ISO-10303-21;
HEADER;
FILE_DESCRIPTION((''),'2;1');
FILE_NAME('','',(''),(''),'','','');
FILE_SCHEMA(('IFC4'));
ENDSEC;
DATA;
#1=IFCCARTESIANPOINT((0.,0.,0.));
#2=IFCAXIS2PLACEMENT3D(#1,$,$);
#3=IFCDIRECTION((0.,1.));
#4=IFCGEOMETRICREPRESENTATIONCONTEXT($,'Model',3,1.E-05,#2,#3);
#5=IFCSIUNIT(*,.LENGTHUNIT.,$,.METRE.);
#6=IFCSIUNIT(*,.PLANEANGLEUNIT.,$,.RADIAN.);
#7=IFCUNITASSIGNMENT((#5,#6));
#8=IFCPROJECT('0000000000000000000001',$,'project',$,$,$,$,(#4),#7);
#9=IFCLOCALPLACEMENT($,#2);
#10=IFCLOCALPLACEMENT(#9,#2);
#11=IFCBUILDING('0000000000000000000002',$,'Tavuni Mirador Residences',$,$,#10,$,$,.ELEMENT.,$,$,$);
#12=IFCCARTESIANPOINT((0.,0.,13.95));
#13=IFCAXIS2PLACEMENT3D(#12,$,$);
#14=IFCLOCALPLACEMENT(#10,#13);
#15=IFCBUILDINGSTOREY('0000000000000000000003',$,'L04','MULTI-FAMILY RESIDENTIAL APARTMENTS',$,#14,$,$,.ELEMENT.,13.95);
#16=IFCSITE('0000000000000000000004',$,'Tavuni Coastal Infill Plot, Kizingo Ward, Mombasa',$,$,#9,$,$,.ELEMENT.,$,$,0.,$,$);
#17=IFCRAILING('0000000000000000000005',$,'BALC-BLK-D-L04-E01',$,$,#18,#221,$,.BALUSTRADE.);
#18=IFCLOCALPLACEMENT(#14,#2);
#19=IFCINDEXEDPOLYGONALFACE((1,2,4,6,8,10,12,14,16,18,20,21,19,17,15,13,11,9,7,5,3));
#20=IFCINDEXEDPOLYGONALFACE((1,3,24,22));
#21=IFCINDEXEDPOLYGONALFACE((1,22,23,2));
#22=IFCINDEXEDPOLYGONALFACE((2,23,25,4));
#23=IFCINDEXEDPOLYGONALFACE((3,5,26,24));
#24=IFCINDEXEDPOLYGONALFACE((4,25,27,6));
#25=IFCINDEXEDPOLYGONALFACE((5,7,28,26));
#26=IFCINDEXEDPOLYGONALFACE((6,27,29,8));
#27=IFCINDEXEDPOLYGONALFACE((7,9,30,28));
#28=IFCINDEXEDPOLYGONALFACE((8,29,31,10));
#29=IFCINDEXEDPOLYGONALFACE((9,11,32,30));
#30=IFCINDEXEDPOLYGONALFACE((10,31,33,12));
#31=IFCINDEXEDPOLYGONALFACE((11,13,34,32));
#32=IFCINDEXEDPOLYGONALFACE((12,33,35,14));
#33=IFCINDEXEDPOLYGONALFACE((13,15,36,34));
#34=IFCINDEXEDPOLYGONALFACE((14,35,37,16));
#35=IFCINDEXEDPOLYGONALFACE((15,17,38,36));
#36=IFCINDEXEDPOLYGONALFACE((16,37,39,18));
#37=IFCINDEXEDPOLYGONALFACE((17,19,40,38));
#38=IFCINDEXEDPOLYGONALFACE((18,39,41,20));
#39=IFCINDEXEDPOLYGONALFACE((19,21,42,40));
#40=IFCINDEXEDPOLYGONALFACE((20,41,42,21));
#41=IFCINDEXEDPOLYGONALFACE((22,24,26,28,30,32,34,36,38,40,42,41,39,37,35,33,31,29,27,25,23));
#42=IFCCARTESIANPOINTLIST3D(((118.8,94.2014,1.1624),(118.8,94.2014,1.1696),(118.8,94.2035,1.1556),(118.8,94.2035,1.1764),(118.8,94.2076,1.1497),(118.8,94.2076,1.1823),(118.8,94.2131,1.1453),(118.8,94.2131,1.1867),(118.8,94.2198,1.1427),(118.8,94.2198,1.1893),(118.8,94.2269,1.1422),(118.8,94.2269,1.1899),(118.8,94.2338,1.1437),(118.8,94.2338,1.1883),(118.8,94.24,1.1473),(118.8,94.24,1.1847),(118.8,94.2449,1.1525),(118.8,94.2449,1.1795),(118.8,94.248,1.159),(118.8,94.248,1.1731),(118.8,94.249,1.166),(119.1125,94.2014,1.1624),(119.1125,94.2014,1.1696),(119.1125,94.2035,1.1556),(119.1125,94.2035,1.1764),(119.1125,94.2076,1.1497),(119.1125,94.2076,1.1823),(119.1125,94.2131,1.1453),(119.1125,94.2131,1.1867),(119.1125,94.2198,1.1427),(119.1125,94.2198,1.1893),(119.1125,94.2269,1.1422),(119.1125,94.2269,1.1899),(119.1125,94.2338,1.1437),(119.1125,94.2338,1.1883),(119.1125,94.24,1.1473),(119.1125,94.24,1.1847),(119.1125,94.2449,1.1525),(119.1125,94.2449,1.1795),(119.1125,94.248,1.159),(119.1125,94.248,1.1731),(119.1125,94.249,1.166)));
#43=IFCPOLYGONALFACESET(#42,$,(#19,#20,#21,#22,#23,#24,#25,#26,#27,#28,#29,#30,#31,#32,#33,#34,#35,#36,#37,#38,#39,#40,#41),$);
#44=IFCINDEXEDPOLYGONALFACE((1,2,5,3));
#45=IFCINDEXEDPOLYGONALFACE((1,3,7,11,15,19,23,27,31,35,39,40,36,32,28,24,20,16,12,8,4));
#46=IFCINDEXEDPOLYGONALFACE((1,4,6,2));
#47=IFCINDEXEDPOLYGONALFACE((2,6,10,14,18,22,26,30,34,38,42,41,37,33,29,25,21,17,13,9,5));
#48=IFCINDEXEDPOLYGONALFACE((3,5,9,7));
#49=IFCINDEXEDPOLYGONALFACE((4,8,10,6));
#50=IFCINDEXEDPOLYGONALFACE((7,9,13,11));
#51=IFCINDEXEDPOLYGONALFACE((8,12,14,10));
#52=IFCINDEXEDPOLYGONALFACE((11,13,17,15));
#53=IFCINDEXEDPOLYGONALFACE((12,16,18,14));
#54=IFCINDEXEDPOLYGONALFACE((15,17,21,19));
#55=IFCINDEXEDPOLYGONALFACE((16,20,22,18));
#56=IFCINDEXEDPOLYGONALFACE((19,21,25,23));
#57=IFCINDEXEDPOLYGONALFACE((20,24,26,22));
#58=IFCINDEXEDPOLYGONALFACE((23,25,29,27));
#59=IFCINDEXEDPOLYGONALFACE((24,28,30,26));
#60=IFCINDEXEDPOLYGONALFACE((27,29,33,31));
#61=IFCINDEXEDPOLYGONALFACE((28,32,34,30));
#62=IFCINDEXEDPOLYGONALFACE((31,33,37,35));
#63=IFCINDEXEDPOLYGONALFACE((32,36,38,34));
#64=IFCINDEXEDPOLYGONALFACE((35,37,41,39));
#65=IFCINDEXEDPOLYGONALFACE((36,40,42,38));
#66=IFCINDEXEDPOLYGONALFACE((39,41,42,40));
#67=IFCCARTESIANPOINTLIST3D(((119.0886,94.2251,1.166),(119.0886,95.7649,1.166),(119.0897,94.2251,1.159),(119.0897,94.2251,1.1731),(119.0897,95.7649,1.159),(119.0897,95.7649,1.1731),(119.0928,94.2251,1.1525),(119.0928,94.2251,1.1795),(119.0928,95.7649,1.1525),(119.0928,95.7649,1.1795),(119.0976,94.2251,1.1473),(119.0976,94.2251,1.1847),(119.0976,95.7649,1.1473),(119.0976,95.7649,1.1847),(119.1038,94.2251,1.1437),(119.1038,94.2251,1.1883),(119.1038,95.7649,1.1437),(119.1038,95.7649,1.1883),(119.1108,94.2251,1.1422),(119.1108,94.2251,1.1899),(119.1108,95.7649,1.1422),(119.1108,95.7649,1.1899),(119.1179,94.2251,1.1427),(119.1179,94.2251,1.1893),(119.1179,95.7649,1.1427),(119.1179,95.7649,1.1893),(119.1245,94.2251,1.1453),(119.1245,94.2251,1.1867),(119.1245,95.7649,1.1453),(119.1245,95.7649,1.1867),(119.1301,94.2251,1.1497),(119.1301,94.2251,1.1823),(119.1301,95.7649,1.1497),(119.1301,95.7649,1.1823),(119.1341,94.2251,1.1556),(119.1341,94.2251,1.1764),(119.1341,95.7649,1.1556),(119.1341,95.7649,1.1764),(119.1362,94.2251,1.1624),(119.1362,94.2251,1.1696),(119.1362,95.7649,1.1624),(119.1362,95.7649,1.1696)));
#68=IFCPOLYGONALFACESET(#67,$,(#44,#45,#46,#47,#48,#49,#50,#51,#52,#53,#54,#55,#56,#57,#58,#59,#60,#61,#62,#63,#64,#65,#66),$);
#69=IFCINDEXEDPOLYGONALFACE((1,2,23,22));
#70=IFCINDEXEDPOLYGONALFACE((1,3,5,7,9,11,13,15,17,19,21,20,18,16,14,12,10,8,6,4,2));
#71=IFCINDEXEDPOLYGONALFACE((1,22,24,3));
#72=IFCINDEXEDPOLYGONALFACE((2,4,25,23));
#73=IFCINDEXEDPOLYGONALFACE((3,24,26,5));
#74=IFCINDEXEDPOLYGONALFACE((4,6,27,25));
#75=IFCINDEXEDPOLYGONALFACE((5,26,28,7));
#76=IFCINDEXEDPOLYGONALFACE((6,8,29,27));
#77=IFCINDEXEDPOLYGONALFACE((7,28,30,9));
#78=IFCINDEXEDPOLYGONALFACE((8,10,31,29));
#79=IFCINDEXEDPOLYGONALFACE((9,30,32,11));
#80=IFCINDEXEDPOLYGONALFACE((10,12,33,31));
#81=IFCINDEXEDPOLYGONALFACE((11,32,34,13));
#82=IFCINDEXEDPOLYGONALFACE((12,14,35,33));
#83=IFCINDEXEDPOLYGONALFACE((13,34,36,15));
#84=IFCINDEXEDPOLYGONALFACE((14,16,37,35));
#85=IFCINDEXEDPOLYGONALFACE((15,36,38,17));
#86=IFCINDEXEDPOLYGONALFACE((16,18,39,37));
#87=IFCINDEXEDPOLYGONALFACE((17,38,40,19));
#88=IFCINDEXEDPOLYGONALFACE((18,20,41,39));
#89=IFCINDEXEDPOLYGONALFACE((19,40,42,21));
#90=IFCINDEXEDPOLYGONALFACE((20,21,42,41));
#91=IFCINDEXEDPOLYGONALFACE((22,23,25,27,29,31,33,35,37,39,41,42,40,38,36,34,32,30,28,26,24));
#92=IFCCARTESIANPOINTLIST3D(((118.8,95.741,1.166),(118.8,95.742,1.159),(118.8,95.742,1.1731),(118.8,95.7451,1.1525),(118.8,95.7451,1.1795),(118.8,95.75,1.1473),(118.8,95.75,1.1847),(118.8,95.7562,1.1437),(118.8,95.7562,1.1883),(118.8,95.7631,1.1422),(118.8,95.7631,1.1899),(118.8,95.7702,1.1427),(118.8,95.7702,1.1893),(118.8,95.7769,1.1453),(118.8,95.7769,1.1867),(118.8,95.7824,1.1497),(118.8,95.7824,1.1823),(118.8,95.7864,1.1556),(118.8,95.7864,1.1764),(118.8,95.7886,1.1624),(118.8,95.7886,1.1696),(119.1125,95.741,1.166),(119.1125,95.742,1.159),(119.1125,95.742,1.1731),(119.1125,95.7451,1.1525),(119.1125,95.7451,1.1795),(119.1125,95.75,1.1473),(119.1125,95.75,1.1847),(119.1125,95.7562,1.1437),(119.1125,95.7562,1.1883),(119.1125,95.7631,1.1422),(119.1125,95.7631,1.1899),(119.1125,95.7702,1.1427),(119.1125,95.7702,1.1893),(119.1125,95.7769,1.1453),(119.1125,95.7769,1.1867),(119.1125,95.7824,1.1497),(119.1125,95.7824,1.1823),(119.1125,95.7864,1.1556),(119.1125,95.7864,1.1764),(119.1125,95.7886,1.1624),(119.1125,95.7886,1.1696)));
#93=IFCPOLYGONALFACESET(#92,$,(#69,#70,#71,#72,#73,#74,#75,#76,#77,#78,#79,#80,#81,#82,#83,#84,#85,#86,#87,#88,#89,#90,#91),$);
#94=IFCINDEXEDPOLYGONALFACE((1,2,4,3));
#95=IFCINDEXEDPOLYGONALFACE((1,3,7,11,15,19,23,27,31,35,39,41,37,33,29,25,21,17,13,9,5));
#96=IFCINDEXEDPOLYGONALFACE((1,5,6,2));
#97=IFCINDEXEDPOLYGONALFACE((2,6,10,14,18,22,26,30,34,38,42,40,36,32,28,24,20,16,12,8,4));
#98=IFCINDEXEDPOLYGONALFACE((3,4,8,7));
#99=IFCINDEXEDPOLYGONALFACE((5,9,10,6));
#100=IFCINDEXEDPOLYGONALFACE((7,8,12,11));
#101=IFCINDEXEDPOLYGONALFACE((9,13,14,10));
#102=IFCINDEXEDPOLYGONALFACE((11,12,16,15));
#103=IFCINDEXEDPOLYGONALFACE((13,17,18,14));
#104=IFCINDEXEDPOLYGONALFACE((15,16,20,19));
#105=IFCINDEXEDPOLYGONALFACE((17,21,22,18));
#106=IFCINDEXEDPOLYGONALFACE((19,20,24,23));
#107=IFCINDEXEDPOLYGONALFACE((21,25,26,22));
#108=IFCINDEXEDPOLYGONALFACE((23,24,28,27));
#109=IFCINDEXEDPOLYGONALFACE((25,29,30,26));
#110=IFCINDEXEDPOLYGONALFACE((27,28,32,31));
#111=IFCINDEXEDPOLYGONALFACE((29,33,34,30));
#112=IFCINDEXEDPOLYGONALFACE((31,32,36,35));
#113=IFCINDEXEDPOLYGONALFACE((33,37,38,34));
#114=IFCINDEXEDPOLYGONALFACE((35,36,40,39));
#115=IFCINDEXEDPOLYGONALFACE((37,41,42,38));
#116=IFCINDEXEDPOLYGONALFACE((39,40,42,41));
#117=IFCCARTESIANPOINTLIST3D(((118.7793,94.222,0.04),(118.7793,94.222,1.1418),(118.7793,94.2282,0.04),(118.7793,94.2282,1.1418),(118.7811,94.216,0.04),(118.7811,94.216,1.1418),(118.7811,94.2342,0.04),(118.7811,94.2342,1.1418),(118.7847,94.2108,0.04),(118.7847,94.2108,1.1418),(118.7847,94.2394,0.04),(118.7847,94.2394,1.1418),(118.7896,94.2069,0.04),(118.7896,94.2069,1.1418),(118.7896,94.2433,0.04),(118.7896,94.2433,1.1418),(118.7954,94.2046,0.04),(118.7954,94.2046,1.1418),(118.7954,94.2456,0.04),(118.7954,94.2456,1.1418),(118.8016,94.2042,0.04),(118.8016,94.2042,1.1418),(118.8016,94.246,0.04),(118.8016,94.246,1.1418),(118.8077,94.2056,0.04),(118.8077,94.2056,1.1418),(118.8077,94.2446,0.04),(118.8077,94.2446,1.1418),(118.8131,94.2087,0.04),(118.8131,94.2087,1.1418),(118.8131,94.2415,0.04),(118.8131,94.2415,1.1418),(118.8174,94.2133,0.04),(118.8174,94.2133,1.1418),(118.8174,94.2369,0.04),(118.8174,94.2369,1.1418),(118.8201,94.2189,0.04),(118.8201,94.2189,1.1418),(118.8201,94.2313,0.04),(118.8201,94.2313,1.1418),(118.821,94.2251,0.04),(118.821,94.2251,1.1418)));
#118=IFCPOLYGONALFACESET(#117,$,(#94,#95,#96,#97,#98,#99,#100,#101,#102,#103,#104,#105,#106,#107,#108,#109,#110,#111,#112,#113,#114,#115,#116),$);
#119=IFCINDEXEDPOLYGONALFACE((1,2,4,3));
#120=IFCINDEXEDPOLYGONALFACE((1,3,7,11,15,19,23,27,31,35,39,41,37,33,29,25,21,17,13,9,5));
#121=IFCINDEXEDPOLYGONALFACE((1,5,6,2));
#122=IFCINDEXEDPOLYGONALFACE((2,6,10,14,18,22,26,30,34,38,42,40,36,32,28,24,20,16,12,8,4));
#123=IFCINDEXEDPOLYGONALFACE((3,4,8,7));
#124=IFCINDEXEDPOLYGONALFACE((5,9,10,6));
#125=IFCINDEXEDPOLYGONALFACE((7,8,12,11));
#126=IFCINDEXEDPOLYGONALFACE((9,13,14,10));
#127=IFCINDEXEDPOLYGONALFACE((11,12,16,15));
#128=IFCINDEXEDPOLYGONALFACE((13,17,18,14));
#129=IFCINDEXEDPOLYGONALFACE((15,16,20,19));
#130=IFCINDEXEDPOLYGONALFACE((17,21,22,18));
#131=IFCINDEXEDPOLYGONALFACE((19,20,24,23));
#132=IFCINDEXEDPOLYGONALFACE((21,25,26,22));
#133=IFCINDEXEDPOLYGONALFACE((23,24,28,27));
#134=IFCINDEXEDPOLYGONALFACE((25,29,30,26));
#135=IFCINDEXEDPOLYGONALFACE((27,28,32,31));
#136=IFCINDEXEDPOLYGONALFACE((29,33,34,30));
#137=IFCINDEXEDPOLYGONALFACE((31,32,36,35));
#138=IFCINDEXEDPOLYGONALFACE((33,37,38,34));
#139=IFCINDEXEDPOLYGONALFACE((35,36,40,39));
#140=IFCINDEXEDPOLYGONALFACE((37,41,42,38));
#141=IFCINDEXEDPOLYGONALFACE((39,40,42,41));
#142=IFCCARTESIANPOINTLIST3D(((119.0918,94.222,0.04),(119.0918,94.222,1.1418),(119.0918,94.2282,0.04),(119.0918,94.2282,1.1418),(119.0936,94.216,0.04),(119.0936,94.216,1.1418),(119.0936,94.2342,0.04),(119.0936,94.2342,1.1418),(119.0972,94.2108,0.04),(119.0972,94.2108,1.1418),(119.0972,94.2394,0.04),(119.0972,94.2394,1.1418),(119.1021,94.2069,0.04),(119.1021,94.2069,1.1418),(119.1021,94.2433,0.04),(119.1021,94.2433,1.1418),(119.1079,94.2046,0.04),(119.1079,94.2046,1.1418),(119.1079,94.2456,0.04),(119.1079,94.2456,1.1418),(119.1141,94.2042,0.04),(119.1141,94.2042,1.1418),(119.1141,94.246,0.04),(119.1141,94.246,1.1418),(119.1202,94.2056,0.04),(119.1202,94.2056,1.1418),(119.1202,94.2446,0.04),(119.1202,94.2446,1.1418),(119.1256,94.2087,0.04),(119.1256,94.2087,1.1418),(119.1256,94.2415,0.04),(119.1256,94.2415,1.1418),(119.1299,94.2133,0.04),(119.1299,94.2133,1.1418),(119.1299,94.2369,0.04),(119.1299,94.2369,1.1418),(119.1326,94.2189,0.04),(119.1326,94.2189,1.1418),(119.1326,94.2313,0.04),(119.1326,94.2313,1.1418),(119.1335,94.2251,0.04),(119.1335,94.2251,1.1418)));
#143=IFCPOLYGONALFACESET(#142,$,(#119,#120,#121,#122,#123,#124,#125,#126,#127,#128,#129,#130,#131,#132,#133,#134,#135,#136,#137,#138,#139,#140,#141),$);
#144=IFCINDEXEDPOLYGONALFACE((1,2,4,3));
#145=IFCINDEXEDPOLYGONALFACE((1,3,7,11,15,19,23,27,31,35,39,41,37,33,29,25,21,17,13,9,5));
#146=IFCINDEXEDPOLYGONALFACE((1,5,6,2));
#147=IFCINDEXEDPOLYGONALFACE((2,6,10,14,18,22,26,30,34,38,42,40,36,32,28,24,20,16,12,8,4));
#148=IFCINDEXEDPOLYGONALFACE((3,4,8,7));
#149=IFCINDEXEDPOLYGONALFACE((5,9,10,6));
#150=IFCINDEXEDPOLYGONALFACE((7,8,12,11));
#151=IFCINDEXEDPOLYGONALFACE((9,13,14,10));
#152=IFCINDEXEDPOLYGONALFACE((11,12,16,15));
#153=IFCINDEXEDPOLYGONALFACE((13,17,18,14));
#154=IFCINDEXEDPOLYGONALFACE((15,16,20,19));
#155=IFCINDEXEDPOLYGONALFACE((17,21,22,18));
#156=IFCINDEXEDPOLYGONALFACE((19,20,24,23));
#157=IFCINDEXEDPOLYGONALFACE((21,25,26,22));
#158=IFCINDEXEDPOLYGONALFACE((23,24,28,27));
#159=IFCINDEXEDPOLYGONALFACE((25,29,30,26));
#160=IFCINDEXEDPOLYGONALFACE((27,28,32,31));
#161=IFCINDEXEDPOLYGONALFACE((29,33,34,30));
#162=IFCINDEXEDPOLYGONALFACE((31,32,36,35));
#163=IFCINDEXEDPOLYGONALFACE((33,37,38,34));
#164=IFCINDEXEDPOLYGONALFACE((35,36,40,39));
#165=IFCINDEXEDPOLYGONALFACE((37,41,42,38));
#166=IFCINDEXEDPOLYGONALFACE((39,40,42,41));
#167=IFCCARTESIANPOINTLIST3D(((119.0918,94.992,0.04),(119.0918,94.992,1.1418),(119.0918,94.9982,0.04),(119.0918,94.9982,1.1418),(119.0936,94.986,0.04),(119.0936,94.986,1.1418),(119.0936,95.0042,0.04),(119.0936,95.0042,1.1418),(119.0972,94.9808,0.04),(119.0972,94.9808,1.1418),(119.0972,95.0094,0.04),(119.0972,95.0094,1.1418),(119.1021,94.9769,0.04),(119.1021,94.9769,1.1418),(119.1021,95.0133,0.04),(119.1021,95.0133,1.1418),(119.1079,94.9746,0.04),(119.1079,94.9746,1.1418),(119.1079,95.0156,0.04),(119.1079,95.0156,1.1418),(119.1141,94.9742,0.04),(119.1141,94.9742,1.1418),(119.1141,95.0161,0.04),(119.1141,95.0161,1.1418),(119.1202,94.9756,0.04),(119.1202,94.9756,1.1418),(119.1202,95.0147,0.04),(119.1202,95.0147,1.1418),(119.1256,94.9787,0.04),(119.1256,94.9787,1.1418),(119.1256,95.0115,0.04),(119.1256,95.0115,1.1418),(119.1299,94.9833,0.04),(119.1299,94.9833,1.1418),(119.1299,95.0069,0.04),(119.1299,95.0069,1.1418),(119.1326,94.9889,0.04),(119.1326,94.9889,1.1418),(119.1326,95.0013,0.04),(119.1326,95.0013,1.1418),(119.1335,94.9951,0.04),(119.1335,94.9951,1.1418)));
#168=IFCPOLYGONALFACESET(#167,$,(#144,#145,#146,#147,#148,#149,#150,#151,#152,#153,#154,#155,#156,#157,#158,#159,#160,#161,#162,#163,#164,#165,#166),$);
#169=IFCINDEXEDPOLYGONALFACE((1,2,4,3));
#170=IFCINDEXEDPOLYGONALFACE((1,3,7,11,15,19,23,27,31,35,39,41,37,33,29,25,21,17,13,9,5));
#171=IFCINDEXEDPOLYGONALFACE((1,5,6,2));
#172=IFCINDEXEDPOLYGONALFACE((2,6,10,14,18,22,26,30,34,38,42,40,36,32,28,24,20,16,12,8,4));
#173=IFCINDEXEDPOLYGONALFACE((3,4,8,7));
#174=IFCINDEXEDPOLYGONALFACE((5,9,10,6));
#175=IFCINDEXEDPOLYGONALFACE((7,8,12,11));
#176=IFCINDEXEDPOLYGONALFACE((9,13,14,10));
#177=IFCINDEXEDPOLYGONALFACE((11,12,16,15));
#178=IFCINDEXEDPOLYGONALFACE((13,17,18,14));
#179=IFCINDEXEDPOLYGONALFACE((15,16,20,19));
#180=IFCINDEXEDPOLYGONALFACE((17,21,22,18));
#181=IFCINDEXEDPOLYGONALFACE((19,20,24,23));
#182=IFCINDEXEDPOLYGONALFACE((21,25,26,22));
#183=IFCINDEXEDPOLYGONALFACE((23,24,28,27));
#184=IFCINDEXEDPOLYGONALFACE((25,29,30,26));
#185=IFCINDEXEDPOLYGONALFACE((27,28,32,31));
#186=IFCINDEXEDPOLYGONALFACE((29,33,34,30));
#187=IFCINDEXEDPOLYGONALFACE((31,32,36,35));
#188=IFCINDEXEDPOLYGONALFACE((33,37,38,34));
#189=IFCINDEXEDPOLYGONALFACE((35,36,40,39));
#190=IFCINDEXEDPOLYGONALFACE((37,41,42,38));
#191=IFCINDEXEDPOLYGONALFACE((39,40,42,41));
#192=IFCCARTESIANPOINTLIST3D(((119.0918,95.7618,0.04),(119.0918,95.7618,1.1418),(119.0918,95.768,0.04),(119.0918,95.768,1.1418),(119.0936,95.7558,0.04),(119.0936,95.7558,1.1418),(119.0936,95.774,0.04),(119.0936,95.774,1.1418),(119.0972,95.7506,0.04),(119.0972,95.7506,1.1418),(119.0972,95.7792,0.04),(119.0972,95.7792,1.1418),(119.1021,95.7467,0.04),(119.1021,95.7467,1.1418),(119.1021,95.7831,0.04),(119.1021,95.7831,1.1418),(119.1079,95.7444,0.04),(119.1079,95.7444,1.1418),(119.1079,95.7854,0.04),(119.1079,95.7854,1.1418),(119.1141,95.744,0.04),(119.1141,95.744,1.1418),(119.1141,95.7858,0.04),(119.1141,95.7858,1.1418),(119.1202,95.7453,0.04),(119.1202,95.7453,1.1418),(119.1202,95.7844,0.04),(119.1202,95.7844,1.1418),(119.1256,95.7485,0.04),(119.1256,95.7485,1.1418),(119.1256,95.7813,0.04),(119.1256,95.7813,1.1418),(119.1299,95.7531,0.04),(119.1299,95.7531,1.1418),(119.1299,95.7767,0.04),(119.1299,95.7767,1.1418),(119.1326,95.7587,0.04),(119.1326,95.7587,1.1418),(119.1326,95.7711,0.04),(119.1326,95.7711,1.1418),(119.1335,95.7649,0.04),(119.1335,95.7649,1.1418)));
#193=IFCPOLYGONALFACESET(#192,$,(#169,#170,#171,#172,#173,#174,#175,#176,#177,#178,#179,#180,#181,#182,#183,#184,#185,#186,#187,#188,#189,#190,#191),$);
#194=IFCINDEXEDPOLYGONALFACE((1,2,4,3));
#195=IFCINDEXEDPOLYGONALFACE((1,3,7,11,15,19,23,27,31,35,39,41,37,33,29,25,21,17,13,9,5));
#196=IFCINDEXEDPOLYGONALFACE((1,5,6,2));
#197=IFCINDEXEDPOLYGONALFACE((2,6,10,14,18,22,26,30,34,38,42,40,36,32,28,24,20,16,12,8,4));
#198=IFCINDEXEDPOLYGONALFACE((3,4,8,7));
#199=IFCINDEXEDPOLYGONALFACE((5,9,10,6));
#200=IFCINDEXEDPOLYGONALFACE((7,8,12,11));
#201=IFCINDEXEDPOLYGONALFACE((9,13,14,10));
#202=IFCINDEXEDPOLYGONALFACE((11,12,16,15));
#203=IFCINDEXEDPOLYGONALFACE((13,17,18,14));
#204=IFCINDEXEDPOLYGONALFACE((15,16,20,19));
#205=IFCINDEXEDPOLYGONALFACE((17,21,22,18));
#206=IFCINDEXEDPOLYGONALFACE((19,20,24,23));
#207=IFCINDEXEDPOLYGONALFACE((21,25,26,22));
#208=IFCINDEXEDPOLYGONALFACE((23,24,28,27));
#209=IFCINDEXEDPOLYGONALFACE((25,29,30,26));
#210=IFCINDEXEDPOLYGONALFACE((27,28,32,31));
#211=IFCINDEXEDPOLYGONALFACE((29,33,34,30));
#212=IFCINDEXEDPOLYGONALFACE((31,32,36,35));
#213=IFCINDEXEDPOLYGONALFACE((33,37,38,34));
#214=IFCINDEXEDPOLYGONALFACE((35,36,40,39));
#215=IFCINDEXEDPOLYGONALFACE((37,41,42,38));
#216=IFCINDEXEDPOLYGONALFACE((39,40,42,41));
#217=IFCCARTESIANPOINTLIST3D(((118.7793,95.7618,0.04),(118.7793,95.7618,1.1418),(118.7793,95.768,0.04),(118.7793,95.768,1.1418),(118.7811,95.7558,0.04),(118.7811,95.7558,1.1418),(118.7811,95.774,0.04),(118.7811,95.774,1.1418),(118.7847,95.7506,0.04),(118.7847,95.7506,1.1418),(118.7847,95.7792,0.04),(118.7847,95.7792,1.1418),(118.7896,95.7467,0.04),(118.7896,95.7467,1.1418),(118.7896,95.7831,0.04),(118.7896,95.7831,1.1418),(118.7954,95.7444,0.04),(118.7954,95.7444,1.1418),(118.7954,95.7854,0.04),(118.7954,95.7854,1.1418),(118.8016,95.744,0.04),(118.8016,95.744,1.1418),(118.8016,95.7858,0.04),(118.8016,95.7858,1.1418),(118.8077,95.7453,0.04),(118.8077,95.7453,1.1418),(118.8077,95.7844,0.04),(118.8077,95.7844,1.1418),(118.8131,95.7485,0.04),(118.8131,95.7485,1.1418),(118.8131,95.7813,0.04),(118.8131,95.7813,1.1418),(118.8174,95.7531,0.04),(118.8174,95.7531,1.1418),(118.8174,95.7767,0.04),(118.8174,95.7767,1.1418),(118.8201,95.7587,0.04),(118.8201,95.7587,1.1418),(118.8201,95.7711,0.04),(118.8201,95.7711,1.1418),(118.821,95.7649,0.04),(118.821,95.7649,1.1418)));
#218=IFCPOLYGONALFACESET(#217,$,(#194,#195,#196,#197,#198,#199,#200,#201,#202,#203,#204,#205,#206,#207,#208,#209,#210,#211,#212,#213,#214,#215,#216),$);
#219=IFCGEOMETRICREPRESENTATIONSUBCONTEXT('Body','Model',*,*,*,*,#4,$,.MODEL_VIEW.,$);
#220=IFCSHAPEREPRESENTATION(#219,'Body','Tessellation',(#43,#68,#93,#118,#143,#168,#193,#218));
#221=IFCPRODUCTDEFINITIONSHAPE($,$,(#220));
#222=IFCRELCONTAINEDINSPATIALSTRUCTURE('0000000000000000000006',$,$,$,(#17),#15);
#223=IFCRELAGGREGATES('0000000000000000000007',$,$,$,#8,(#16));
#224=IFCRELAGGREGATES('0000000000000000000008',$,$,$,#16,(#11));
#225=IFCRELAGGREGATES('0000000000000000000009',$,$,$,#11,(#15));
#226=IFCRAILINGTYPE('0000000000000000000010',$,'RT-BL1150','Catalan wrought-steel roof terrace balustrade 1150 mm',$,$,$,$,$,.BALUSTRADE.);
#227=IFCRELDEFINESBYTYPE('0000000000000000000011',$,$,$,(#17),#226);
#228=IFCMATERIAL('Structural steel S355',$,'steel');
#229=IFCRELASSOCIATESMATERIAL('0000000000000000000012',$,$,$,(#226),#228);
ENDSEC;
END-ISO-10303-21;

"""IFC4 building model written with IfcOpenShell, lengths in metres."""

from ifc_helpers import new_model, si_unit, direction, frame, origin, origin_2d, place, context, subcontext, project, spatial, circle, extrude, material, type_object, element, save


model = new_model("IFC4")

# Units and contexts
model_context = context("Model", 3, precision=1e-05, world=origin(), true_north=direction((0.0, 1.0)))
body_context = subcontext(model_context, "Body", "Model", "MODEL_VIEW")
ifc_project = project(units=[si_unit("LENGTHUNIT", "METRE"), si_unit("PLANEANGLEUNIT", "RADIAN")], contexts=[model_context])

# Site, building, storey
site_placement = place(None, origin())
site = spatial("IfcSite", under=ifc_project, at=site_placement, Name="Tavuni Coastal Infill Plot, Kizingo Ward, Mombasa", CompositionType="ELEMENT", RefElevation=0.0)
building_placement = place(site_placement, origin())
building = spatial("IfcBuilding", under=site, at=building_placement, Name="Tavuni Mirador Residences", CompositionType="ELEMENT")
storey_placement = place(building_placement, frame((0.0, 0.0, 13.95)))
storey = spatial("IfcBuildingStorey", under=building, at=storey_placement, Name="L04", Description="MULTI-FAMILY RESIDENTIAL APARTMENTS", CompositionType="ELEMENT", Elevation=13.95)

# Shared definitions
ifc_material_1 = material(Name="Structural steel S355", Category="steel")

# Railing
railing_type = type_object("IfcRailingType", Name="RT-BL1150", Description="Catalan wrought-steel roof terrace balustrade 1150 mm", PredefinedType="BALUSTRADE", material=ifc_material_1)
railing_placement = place(storey_placement, frame((118.8, 94.2251, 0.04)))
element("IfcRailing", 1, at=railing_placement, inside=storey, type_object=railing_type, Name="BALC-BLK-D-L04-E01", PredefinedType="BALUSTRADE", context=body_context, shape_type="SweptSolid", body=[
    extrude(circle(Radius=0.0239, at=origin_2d()), frame((0.0, 0.0, 1.126), z_axis=(1.0, 0.0, 0.0), x_axis=(0.0, 1.0, 0.0)), (0.0, 0.0, 1.0), 0.3125),
    extrude(circle(Radius=0.0239, at=origin_2d()), frame((0.3125, 0.0, 1.126), z_axis=(0.0, 1.0, 0.0), x_axis=(-1.0, 0.0, 0.0)), (0.0, 0.0, 1.0), 1.5398),
    extrude(circle(Radius=0.0239, at=origin_2d()), frame((0.3125, 1.5398, 1.126), z_axis=(-1.0, 0.0, 0.0), x_axis=(0.0, -1.0, 0.0)), (0.0, 0.0, 1.0), 0.3125),
    extrude(circle(Radius=0.021, at=origin_2d()), origin(), (0.0, 0.0, 1.0), 1.1018),
    extrude(circle(Radius=0.021, at=origin_2d()), frame((0.3125, 0.0, 0.0)), (0.0, 0.0, 1.0), 1.1018),
    extrude(circle(Radius=0.021, at=origin_2d()), frame((0.3125, 0.77, 0.0)), (0.0, 0.0, 1.0), 1.1018),
    extrude(circle(Radius=0.021, at=origin_2d()), frame((0.3125, 1.5398, 0.0)), (0.0, 0.0, 1.0), 1.1018),
    extrude(circle(Radius=0.021, at=origin_2d()), frame((0.0, 1.5398, 0.0)), (0.0, 0.0, 1.0), 1.1018),
])

save(model, "model.ifc")
